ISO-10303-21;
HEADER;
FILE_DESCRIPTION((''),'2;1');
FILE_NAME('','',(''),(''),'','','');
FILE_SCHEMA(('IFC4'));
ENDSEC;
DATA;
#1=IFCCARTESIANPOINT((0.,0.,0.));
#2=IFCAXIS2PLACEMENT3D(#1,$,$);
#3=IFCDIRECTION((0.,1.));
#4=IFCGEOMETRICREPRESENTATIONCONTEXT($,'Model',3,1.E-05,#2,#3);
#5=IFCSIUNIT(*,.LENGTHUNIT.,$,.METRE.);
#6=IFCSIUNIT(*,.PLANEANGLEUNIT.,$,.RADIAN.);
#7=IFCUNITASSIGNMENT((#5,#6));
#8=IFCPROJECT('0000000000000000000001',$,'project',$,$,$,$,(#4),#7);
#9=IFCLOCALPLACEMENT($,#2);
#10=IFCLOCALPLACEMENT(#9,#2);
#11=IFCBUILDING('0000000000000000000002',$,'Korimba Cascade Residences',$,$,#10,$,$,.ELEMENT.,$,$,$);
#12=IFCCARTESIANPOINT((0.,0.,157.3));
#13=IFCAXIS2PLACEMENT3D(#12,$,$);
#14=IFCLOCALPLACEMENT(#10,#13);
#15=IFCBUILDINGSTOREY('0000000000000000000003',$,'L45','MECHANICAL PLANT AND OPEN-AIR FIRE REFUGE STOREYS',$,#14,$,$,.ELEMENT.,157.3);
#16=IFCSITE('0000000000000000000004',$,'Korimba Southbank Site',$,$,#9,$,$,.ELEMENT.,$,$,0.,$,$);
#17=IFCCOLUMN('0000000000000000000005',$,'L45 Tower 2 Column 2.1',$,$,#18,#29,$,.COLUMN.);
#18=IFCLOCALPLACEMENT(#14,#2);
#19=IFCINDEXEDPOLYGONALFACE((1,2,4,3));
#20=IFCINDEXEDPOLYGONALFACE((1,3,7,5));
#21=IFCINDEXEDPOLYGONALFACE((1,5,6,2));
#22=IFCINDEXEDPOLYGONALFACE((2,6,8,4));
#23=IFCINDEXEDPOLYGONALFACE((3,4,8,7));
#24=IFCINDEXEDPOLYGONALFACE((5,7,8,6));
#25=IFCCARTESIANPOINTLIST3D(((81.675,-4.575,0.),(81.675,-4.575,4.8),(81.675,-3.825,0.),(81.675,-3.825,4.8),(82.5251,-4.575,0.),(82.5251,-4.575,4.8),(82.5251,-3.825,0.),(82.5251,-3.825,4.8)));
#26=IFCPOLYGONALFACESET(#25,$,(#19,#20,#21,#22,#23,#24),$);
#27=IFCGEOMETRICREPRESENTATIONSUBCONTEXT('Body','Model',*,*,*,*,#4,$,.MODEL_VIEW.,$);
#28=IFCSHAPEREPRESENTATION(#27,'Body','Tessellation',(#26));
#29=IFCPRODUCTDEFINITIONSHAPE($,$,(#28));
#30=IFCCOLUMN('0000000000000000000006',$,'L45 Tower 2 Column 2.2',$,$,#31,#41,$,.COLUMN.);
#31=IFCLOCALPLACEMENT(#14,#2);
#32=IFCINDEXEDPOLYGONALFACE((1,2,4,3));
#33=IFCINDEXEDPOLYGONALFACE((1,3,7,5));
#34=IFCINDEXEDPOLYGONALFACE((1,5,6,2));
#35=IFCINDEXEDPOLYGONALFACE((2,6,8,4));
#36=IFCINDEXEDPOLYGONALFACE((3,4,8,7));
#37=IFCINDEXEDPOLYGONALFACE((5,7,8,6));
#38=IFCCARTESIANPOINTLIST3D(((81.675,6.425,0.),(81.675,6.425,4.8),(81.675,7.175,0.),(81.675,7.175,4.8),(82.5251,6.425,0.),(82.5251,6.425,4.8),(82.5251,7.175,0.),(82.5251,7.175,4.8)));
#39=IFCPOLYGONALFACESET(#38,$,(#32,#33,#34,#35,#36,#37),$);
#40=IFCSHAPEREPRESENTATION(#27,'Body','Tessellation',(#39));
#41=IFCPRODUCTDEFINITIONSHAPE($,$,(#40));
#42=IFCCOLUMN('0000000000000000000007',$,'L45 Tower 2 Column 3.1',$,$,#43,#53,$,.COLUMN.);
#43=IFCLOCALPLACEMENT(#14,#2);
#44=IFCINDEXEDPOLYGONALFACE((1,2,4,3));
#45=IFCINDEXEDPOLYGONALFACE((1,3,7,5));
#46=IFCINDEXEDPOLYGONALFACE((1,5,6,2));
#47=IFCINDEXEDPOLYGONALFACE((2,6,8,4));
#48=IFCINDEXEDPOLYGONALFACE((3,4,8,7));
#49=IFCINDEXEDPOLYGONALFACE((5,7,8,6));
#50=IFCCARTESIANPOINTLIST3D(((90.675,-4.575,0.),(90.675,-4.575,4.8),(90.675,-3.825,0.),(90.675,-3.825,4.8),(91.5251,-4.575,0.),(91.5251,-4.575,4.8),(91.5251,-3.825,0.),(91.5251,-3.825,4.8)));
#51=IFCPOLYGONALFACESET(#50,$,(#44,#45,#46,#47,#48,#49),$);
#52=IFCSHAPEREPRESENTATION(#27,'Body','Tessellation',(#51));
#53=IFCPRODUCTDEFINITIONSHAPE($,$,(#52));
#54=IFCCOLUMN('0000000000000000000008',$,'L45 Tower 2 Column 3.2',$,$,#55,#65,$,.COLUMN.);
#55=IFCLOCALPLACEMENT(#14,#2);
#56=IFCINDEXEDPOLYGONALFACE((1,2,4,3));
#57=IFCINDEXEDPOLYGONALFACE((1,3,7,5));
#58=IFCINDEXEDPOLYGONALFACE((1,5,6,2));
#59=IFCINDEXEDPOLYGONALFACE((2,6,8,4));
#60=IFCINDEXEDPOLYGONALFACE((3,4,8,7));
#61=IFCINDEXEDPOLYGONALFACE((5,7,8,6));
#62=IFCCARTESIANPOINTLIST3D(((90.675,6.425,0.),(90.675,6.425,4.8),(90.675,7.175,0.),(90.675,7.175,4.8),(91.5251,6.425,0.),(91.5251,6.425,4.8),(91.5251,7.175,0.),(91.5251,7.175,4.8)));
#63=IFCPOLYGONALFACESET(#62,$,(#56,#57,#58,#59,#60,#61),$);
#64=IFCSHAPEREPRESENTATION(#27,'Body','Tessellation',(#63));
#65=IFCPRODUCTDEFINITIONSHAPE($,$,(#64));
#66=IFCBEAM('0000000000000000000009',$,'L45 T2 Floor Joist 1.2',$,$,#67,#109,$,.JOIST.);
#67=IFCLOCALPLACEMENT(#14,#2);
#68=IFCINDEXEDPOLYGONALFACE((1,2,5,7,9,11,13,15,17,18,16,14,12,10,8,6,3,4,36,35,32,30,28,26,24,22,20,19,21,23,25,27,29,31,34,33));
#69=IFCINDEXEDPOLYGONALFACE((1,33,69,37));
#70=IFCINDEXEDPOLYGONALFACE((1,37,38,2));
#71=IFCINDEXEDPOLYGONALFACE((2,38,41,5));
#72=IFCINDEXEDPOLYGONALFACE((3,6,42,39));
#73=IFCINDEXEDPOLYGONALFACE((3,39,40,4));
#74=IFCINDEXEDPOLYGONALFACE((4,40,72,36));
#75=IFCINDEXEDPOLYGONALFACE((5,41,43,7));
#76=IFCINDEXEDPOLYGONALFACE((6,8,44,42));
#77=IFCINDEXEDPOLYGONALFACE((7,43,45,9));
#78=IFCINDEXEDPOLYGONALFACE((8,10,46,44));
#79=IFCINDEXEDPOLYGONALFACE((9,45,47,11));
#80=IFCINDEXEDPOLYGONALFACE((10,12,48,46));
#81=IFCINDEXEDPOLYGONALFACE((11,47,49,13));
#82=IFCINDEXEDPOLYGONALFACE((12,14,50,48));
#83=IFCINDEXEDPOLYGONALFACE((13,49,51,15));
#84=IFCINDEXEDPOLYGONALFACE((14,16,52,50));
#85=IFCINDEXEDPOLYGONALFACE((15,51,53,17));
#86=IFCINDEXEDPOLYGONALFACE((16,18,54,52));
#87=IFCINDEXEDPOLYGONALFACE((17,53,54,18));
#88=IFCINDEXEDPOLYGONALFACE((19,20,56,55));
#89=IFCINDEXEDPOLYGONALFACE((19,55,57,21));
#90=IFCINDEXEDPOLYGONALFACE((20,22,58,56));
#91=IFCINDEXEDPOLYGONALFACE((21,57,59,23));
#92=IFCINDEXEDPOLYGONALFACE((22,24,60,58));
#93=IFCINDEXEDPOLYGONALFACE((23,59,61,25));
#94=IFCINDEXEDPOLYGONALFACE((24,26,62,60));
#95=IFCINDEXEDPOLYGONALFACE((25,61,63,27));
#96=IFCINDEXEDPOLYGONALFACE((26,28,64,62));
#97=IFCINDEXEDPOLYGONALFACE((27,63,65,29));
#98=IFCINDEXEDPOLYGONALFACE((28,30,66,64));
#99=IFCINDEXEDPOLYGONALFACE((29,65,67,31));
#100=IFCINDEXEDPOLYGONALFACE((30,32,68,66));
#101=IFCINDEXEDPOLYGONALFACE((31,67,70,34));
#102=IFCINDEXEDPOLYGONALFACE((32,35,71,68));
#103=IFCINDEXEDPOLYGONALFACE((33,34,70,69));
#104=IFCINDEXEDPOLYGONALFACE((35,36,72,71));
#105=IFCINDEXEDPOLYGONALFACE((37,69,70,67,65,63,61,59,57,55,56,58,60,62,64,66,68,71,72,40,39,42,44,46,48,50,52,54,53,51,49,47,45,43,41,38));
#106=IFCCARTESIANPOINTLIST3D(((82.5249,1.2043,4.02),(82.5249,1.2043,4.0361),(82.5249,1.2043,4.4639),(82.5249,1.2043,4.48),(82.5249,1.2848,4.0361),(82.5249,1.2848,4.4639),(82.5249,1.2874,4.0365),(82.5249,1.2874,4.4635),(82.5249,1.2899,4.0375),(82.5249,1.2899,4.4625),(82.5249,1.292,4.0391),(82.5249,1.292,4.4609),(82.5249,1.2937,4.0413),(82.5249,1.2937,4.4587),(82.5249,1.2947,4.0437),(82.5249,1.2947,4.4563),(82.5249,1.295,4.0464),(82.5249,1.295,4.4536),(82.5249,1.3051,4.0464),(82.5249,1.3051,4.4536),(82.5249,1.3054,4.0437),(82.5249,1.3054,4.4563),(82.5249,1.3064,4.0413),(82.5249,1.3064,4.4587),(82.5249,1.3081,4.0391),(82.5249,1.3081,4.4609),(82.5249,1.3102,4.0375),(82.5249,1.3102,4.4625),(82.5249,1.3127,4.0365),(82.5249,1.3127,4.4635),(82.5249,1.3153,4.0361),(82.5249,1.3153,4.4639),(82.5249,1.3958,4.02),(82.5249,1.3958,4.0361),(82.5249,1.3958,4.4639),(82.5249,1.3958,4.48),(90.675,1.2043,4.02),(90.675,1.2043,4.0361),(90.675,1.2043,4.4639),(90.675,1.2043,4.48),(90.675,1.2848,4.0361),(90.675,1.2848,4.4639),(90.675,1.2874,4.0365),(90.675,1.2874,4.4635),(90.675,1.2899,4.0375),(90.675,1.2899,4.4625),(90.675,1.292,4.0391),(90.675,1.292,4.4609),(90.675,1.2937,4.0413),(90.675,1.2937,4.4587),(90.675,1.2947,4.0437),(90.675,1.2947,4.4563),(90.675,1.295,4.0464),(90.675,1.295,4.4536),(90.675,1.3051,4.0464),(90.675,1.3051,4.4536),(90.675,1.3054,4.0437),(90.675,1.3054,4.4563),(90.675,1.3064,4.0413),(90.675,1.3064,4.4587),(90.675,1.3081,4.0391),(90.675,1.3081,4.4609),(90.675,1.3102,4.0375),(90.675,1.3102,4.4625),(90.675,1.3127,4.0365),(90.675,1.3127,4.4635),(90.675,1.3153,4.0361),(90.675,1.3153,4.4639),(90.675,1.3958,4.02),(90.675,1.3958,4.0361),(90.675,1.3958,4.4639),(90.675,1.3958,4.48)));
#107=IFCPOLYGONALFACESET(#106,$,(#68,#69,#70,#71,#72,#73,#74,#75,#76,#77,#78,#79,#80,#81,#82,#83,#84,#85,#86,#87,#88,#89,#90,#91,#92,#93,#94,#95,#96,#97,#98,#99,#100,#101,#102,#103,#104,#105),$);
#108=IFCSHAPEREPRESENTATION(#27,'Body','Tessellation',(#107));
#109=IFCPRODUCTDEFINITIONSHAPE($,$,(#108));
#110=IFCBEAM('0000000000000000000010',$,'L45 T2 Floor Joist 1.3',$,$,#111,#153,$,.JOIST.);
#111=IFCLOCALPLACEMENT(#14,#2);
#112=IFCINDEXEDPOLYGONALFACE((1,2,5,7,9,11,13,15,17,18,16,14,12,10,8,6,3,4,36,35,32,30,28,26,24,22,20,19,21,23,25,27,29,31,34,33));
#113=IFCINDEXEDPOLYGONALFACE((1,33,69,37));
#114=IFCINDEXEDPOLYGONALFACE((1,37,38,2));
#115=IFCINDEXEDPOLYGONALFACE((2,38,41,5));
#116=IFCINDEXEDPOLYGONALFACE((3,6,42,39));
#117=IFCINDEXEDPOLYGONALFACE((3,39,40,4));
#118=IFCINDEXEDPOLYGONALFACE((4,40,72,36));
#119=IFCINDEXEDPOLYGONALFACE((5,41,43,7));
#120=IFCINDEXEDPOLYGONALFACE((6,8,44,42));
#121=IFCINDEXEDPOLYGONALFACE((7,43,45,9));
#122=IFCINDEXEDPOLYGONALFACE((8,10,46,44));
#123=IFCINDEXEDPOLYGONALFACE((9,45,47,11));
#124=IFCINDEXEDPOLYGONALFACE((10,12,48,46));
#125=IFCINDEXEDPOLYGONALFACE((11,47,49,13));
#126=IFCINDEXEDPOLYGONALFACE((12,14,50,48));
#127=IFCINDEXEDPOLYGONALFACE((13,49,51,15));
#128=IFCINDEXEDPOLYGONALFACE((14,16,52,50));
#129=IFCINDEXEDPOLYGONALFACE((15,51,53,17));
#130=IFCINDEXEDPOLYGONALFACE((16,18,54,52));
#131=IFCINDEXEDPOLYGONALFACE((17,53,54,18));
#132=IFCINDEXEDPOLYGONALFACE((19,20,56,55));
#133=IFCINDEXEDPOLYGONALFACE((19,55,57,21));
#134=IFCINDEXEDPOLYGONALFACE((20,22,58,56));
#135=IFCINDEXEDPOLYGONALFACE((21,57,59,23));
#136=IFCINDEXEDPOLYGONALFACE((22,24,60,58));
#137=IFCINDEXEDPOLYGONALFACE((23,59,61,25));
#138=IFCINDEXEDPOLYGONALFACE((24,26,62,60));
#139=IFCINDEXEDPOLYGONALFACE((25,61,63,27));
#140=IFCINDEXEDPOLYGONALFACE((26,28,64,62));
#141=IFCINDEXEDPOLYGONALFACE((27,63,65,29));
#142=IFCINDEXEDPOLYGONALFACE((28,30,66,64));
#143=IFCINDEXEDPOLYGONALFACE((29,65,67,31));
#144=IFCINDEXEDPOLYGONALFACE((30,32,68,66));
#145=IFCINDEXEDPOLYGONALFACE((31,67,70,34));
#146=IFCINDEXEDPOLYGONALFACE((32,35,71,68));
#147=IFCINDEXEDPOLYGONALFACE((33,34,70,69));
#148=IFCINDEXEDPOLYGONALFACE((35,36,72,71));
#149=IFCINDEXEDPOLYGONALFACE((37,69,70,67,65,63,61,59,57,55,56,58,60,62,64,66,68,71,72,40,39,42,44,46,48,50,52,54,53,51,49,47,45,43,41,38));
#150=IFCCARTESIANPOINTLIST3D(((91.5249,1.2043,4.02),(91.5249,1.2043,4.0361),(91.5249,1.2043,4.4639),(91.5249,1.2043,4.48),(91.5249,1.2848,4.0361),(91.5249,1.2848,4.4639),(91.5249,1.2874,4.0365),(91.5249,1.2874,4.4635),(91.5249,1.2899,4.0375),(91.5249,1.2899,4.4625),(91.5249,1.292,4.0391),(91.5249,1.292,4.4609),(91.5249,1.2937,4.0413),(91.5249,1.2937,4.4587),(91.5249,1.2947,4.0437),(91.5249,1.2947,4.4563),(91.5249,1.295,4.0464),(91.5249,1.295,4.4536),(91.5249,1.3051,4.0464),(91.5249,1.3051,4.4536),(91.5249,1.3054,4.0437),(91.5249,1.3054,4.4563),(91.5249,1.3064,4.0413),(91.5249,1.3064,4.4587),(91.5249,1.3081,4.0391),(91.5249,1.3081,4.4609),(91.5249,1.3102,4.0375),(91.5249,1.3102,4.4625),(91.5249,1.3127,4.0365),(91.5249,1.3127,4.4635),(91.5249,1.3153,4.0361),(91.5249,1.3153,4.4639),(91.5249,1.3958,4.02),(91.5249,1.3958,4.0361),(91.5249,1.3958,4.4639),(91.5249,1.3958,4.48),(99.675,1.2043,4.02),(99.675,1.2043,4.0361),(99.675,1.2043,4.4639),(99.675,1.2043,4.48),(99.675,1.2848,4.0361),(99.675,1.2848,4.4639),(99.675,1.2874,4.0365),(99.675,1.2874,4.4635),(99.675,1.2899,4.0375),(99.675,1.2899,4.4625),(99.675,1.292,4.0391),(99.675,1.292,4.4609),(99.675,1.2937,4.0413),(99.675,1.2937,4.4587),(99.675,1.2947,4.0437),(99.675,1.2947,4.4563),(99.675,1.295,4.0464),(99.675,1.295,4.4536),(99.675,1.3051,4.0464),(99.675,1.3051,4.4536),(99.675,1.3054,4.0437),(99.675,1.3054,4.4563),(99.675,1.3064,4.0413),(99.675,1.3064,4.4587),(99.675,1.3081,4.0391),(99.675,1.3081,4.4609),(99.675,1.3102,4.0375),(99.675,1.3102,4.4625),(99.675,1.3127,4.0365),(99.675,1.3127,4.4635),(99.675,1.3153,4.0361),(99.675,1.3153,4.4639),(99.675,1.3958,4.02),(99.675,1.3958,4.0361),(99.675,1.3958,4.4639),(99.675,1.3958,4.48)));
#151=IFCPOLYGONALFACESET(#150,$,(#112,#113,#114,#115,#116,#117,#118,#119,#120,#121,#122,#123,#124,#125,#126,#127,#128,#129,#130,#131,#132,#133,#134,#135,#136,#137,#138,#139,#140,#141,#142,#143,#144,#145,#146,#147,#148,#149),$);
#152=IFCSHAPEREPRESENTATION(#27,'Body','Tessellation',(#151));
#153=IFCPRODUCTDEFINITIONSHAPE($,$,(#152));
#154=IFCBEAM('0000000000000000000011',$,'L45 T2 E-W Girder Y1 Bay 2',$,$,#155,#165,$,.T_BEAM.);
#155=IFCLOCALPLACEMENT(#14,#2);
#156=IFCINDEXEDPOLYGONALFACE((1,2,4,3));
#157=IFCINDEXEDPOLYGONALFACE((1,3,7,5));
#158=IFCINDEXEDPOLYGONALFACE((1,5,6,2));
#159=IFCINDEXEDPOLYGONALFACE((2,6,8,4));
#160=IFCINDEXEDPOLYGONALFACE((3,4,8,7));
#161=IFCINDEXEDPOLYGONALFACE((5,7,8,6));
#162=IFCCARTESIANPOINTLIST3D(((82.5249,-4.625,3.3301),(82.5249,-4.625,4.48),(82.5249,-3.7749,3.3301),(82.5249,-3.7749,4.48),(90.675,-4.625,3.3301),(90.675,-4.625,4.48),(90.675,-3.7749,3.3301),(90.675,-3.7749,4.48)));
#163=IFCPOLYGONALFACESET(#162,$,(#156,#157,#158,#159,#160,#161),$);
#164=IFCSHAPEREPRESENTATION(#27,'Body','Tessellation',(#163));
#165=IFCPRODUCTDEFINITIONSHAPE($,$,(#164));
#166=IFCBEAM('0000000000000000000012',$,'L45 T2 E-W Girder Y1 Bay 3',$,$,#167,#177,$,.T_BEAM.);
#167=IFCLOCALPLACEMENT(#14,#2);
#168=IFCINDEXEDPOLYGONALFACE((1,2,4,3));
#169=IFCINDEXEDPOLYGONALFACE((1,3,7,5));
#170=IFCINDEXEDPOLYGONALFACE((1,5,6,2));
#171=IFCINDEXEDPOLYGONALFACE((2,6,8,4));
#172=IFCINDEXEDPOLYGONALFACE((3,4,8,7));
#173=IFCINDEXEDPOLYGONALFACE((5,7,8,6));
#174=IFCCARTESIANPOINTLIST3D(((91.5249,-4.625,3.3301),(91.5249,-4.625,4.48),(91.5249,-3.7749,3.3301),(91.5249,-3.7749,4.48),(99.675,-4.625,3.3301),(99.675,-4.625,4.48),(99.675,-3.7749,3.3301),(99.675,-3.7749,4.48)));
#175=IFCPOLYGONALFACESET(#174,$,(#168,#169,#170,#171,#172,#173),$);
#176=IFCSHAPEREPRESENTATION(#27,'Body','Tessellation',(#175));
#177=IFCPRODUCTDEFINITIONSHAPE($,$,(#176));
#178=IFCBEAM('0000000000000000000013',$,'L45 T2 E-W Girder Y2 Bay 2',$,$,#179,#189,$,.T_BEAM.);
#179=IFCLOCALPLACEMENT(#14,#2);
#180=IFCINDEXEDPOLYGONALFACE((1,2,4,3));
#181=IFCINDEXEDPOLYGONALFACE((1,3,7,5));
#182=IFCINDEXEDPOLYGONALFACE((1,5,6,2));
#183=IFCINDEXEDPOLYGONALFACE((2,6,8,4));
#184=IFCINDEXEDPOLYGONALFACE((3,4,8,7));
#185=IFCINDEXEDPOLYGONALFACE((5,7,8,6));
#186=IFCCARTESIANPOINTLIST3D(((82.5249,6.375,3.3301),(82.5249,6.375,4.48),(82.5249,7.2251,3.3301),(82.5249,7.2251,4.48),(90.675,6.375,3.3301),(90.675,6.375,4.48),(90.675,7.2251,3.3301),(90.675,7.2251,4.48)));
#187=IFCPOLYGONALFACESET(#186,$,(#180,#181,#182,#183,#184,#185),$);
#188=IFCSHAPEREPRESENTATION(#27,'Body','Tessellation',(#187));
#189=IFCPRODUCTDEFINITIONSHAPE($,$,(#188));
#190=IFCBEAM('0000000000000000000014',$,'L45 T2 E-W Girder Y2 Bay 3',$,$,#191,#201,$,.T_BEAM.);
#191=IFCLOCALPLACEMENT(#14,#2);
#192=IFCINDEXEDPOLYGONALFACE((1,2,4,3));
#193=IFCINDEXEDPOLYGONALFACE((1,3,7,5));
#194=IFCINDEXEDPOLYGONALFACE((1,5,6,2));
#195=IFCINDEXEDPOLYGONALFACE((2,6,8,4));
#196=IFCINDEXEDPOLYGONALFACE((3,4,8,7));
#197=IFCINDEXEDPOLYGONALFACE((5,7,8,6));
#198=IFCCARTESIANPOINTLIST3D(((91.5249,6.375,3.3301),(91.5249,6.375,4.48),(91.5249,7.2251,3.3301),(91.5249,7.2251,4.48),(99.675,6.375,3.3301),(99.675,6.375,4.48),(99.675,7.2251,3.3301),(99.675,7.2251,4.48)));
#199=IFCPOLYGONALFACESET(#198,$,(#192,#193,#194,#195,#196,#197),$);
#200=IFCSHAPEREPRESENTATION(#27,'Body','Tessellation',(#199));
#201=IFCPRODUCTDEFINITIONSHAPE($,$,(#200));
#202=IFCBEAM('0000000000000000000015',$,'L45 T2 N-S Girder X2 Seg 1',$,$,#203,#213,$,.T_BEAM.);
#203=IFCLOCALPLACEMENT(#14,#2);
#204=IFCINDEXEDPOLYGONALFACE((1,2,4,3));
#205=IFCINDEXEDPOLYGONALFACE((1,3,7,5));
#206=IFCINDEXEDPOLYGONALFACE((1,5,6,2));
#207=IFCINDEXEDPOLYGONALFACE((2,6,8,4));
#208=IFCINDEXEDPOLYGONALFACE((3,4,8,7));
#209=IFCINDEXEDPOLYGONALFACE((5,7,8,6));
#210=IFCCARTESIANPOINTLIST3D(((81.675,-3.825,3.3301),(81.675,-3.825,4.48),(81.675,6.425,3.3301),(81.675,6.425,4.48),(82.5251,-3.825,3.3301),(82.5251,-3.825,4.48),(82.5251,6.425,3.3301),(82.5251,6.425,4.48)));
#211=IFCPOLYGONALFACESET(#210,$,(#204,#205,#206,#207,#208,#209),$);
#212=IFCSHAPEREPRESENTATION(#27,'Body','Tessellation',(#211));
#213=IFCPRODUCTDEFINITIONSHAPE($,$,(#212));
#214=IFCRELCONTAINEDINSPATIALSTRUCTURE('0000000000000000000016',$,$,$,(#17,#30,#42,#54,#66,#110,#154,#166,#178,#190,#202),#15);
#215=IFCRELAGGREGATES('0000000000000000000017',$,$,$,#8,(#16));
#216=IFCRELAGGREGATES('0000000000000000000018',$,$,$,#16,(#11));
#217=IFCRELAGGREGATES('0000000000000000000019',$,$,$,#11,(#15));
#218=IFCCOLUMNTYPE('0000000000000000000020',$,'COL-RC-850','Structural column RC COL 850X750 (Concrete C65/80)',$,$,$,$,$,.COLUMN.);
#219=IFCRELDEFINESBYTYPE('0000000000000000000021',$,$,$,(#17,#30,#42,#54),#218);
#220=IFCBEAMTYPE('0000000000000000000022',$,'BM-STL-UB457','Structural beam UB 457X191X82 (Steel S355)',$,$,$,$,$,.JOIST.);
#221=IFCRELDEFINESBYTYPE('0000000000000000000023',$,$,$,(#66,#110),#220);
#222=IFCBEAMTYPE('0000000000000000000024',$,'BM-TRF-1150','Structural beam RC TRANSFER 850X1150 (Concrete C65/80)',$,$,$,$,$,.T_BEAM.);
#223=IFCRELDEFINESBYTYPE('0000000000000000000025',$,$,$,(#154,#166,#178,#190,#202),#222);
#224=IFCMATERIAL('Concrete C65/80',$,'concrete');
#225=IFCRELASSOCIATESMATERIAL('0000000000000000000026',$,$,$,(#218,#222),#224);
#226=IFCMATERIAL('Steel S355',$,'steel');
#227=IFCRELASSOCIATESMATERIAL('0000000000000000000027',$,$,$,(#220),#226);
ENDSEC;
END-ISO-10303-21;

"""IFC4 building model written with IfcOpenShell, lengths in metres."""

from ifc_helpers import new_model, si_unit, direction, frame, origin, origin_2d, place, context, subcontext, project, spatial, rectangle, i_section, extrude, material, material_profile, profile_set, type_object, element, save


model = new_model("IFC4")

# Units and contexts
model_context = context("Model", 3, precision=1e-05, world=origin(), true_north=direction((0.0, 1.0)))
body_context = subcontext(model_context, "Body", "Model", "MODEL_VIEW")
ifc_project = project(units=[si_unit("LENGTHUNIT", "METRE"), si_unit("PLANEANGLEUNIT", "RADIAN")], contexts=[model_context])

# Site, building, storey
site_placement = place(None, origin())
site = spatial("IfcSite", under=ifc_project, at=site_placement, Name="Korimba Southbank Site", CompositionType="ELEMENT", RefElevation=0.0)
building_placement = place(site_placement, origin())
building = spatial("IfcBuilding", under=site, at=building_placement, Name="Korimba Cascade Residences", CompositionType="ELEMENT")
storey_placement = place(building_placement, frame((0.0, 0.0, 157.3)))
storey = spatial("IfcBuildingStorey", under=building, at=storey_placement, Name="L45", Description="MECHANICAL PLANT AND OPEN-AIR FIRE REFUGE STOREYS", CompositionType="ELEMENT", Elevation=157.3)

# Columns
ifc_material_1 = material(Name="Concrete C65/80", Category="concrete")
ifc_material_profile_1 = material_profile(ifc_material_1, rectangle(XDim=0.8501, YDim=0.75, at=origin_2d()), Name="Concrete C65/80")
ifc_profile_set_1 = profile_set([ifc_material_profile_1], Name="Concrete C65/80")
column_type = type_object("IfcColumnType", Name="COL-RC-850", Description="Structural column RC COL 850X750 (Concrete C65/80)", PredefinedType="COLUMN", material=ifc_profile_set_1)
for number, where, z_axis, x_axis, name in (
    (1, (82.1001, -4.2, 0.0), (0.0, 0.0, 1.0), (1.0, 0.0, 0.0), "L45 Tower 2 Column 2.1"),
    (2, (82.1001, 6.8, 0.0), (0.0, 0.0, 1.0), (1.0, 0.0, 0.0), "L45 Tower 2 Column 2.2"),
    (3, (91.1001, -4.2, 0.0), (0.0, 0.0, 1.0), (1.0, 0.0, 0.0), "L45 Tower 2 Column 3.1"),
    (4, (91.1001, 6.8, 0.0), (0.0, 0.0, 1.0), (1.0, 0.0, 0.0), "L45 Tower 2 Column 3.2"),
):
    element("IfcColumn", number, at=place(storey_placement, frame(where, z_axis=z_axis, x_axis=x_axis)), inside=storey, type_object=column_type, Name=name, PredefinedType="COLUMN", context=body_context, shape_type="SweptSolid", body=[
        extrude(rectangle(XDim=0.8501, YDim=0.75, at=origin_2d()), origin(), (0.0, 0.0, 1.0), 4.8),
    ])

# Beams
ifc_material_2 = material(Name="Steel S355", Category="steel")
ifc_material_profile_2 = material_profile(ifc_material_2, i_section(OverallWidth=0.1914, OverallDepth=0.46, WebThickness=0.01, FlangeThickness=0.0161, FilletRadius=0.0103, at=origin_2d()), Name="Steel S355")
ifc_profile_set_2 = profile_set([ifc_material_profile_2], Name="Steel S355")
beam_type_1 = type_object("IfcBeamType", Name="BM-STL-UB457", Description="Structural beam UB 457X191X82 (Steel S355)", PredefinedType="JOIST", material=ifc_profile_set_2)
for number, where, z_axis, x_axis, name in (
    (5, (82.5249, 1.3, 4.25), (1.0, 0.0, 0.0), (0.0, 1.0, 0.0), "L45 T2 Floor Joist 1.2"),
    (6, (91.5249, 1.3, 4.25), (1.0, 0.0, 0.0), (0.0, 1.0, 0.0), "L45 T2 Floor Joist 1.3"),
):
    element("IfcBeam", number, at=place(storey_placement, frame(where, z_axis=z_axis, x_axis=x_axis)), inside=storey, type_object=beam_type_1, Name=name, PredefinedType="JOIST", context=body_context, shape_type="SweptSolid", body=[
        extrude(i_section(OverallWidth=0.1914, OverallDepth=0.46, WebThickness=0.01, FlangeThickness=0.0161, FilletRadius=0.0103, at=origin_2d()), origin(), (0.0, 0.0, 1.0), 8.1501),
    ])
ifc_material_profile_3 = material_profile(ifc_material_1, rectangle(XDim=0.8501, YDim=1.1499, at=origin_2d()), Name="Concrete C65/80")
ifc_profile_set_3 = profile_set([ifc_material_profile_3], Name="Concrete C65/80")
beam_type_2 = type_object("IfcBeamType", Name="BM-TRF-1150", Description="Structural beam RC TRANSFER 850X1150 (Concrete C65/80)", PredefinedType="T_BEAM", material=ifc_profile_set_3)
for number, where, z_axis, x_axis, name in (
    (7, (82.5249, -4.2, 3.905), (1.0, 0.0, 0.0), (0.0, 1.0, 0.0), "L45 T2 E-W Girder Y1 Bay 2"),
    (8, (91.5249, -4.2, 3.905), (1.0, 0.0, 0.0), (0.0, 1.0, 0.0), "L45 T2 E-W Girder Y1 Bay 3"),
    (9, (82.5249, 6.8, 3.905), (1.0, 0.0, 0.0), (0.0, 1.0, 0.0), "L45 T2 E-W Girder Y2 Bay 2"),
    (10, (91.5249, 6.8, 3.905), (1.0, 0.0, 0.0), (0.0, 1.0, 0.0), "L45 T2 E-W Girder Y2 Bay 3"),
):
    element("IfcBeam", number, at=place(storey_placement, frame(where, z_axis=z_axis, x_axis=x_axis)), inside=storey, type_object=beam_type_2, Name=name, PredefinedType="T_BEAM", context=body_context, shape_type="SweptSolid", body=[
        extrude(rectangle(XDim=0.8501, YDim=1.1499, at=origin_2d()), origin(), (0.0, 0.0, 1.0), 8.1501),
    ])
beam_1_placement = place(storey_placement, frame((82.1001, -3.825, 3.905), z_axis=(0.0, 1.0, 0.0), x_axis=(-1.0, 0.0, 0.0)))
element("IfcBeam", 11, at=beam_1_placement, inside=storey, type_object=beam_type_2, Name="L45 T2 N-S Girder X2 Seg 1", PredefinedType="T_BEAM", context=body_context, shape_type="SweptSolid", body=[
    extrude(rectangle(XDim=0.8501, YDim=1.1499, at=origin_2d()), origin(), (0.0, 0.0, 1.0), 10.25),
])

save(model, "model.ifc")
